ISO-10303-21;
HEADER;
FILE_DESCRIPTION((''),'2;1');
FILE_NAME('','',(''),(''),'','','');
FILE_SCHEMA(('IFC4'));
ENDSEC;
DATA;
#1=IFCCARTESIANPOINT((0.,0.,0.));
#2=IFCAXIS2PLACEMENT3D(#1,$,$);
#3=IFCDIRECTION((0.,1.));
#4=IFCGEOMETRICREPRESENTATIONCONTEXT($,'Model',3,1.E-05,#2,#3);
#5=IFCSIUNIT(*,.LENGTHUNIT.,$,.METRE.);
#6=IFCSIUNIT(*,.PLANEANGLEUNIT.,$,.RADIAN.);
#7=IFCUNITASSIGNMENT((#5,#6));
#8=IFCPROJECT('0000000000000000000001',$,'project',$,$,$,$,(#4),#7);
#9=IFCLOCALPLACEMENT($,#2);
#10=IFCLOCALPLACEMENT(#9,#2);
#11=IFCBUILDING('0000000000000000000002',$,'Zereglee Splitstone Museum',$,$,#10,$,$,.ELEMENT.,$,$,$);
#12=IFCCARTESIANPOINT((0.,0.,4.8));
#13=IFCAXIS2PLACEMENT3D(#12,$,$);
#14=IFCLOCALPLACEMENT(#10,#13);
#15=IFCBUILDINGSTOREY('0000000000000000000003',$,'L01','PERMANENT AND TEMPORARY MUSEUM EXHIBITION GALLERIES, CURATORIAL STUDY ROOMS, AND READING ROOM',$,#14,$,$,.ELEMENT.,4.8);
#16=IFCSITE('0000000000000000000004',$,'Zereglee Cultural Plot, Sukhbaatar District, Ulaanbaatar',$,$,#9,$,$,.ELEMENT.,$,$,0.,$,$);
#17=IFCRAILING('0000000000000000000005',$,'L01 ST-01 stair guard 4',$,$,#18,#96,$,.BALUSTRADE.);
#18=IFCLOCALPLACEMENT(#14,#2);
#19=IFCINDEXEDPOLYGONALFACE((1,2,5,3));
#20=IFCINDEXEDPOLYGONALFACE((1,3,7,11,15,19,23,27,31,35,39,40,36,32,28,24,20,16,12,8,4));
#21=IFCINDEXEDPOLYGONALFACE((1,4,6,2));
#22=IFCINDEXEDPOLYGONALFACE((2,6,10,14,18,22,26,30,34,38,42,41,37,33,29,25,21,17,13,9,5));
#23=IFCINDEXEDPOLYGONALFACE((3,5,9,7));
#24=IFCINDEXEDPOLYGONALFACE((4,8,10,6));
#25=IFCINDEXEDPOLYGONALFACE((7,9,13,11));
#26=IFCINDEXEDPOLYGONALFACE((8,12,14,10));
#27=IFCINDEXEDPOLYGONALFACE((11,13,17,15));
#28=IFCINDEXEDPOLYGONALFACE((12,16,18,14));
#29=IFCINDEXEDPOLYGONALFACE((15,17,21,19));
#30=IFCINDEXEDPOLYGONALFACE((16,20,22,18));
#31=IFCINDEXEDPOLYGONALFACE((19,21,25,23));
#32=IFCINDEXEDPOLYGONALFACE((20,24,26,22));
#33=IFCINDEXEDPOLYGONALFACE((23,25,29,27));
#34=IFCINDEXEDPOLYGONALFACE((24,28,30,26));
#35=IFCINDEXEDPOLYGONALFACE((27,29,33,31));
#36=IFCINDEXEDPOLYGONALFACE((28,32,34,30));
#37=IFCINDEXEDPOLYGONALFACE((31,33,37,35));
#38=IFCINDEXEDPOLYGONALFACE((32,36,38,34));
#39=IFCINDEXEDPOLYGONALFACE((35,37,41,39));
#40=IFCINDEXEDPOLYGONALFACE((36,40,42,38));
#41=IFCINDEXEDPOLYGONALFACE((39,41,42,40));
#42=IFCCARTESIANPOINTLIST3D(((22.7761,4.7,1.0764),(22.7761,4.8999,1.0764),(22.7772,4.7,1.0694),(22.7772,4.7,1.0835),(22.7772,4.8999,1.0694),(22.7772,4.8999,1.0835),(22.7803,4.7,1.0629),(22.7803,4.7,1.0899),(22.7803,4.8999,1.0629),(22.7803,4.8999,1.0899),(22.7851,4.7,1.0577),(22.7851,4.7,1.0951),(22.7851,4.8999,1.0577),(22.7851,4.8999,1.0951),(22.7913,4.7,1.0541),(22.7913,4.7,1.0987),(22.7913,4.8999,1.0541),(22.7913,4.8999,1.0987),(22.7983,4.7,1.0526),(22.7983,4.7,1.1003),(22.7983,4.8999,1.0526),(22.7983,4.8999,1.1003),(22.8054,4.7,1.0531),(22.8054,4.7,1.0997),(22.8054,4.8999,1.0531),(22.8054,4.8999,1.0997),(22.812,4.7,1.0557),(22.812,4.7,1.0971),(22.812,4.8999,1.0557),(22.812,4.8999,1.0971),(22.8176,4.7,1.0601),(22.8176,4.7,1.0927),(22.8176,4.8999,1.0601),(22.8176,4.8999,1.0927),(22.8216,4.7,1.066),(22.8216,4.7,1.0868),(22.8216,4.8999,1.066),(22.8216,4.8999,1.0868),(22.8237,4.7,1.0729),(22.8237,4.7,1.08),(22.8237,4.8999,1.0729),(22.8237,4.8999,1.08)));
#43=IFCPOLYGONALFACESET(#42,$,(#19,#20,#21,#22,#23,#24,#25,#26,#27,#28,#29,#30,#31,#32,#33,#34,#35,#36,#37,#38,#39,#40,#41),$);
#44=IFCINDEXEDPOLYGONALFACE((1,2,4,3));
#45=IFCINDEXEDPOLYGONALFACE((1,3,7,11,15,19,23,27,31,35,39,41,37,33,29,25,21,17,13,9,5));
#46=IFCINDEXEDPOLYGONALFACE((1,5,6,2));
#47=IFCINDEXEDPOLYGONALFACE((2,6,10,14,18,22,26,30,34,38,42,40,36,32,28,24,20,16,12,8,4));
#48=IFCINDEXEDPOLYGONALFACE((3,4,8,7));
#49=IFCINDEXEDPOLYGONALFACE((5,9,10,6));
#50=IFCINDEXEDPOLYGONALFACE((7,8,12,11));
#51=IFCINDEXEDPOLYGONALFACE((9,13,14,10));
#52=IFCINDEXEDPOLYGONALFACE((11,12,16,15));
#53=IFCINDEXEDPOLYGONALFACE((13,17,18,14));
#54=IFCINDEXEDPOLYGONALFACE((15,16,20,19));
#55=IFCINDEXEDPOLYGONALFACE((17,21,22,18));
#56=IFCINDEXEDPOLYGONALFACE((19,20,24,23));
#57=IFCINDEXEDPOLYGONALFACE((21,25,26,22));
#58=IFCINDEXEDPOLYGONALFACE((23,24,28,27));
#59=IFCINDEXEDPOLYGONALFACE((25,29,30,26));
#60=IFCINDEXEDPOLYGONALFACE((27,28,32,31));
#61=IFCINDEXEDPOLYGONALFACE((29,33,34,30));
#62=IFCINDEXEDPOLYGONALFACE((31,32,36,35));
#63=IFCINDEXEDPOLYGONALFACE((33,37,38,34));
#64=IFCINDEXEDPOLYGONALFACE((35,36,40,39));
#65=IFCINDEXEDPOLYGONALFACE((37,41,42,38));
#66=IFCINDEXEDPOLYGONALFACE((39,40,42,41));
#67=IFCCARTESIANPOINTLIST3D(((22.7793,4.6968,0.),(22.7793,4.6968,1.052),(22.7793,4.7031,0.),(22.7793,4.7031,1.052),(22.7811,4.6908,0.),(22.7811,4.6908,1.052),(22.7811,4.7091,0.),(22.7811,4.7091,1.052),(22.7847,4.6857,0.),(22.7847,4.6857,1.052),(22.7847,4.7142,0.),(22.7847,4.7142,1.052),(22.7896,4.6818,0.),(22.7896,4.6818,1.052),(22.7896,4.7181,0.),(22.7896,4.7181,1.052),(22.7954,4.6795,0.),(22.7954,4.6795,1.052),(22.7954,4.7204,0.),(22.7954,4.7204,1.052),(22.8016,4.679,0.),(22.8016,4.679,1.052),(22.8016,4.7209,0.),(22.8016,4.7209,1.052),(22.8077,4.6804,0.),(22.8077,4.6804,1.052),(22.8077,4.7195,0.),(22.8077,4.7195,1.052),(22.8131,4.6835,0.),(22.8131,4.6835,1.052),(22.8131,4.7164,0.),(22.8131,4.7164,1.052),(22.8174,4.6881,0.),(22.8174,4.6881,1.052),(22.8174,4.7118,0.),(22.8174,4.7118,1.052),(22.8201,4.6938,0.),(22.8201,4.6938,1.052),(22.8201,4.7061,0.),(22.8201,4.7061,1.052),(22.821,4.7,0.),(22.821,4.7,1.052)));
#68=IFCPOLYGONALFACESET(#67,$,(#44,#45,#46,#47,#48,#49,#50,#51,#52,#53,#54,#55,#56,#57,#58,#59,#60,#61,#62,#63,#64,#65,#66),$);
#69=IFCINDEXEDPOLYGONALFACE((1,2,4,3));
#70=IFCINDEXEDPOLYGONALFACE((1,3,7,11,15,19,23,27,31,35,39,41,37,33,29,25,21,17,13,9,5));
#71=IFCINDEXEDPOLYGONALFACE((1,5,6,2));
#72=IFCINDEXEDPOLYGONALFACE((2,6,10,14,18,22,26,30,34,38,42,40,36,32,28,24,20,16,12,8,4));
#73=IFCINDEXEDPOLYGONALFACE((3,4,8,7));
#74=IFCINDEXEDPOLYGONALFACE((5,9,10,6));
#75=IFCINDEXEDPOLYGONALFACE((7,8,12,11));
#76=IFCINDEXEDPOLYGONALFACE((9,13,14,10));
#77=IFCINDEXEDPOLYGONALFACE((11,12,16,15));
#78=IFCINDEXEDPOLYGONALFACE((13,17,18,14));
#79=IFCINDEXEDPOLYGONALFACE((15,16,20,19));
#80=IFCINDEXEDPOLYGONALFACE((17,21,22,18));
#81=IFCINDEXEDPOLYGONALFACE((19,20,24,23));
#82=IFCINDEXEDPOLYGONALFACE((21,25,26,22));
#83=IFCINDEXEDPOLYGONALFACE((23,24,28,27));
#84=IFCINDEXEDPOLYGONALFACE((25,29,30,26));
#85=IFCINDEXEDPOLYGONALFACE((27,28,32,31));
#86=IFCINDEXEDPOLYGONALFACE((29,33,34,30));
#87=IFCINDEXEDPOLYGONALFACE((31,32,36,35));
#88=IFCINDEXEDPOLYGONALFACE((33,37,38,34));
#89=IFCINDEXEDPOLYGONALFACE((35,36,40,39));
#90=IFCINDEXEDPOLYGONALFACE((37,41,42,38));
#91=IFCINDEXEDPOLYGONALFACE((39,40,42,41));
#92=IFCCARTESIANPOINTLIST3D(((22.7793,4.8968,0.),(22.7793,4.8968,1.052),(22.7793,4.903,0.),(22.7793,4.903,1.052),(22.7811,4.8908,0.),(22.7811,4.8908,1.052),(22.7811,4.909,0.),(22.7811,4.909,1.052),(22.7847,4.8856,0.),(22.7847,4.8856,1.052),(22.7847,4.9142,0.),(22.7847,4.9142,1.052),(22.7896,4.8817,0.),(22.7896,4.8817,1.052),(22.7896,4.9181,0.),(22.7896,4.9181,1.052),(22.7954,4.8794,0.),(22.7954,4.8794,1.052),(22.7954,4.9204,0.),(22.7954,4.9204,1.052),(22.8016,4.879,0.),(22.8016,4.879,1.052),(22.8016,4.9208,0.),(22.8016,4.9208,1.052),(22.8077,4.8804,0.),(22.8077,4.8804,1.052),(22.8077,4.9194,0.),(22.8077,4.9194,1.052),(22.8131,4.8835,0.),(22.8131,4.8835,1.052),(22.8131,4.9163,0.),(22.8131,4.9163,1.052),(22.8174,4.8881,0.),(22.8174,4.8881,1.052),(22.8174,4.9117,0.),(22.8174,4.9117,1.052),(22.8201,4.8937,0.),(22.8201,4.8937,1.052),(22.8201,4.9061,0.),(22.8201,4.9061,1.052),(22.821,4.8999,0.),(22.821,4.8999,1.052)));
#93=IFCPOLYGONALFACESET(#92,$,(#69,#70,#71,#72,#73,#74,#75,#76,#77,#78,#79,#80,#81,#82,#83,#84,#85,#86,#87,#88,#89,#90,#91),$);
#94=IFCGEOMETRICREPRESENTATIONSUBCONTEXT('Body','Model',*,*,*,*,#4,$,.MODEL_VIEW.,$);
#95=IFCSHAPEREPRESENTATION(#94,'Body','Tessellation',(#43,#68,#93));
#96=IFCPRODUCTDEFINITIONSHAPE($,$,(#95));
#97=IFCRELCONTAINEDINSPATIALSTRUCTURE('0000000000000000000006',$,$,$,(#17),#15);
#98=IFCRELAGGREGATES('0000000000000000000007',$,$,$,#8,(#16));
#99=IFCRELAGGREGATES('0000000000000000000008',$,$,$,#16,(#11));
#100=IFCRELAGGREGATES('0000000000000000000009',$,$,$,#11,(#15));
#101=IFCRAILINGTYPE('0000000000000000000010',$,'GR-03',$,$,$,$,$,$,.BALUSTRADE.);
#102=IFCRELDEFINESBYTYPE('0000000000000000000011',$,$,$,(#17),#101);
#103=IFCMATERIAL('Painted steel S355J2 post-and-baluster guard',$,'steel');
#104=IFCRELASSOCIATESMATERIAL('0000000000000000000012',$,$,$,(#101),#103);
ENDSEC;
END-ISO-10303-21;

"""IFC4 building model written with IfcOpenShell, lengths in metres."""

from ifc_helpers import new_model, si_unit, direction, frame, origin, origin_2d, place, context, subcontext, project, spatial, circle, extrude, material, type_object, element, save


model = new_model("IFC4")

# Units and contexts
model_context = context("Model", 3, precision=1e-05, world=origin(), true_north=direction((0.0, 1.0)))
body_context = subcontext(model_context, "Body", "Model", "MODEL_VIEW")
ifc_project = project(units=[si_unit("LENGTHUNIT", "METRE"), si_unit("PLANEANGLEUNIT", "RADIAN")], contexts=[model_context])

# Site, building, storey
site_placement = place(None, origin())
site = spatial("IfcSite", under=ifc_project, at=site_placement, Name="Zereglee Cultural Plot, Sukhbaatar District, Ulaanbaatar", CompositionType="ELEMENT", RefElevation=0.0)
building_placement = place(site_placement, origin())
building = spatial("IfcBuilding", under=site, at=building_placement, Name="Zereglee Splitstone Museum", CompositionType="ELEMENT")
storey_placement = place(building_placement, frame((0.0, 0.0, 4.8)))
storey = spatial("IfcBuildingStorey", under=building, at=storey_placement, Name="L01", Description="PERMANENT AND TEMPORARY MUSEUM EXHIBITION GALLERIES, CURATORIAL STUDY ROOMS, AND READING ROOM", CompositionType="ELEMENT", Elevation=4.8)

# Railing
ifc_material_1 = material(Name="Painted steel S355J2 post-and-baluster guard", Category="steel")
railing_type_1 = type_object("IfcRailingType", Name="GR-03", PredefinedType="BALUSTRADE", material=ifc_material_1)
railing_1_placement = place(storey_placement, frame((22.8, 4.7, 0.0)))
element("IfcRailing", 1, at=railing_1_placement, inside=storey, type_object=railing_type_1, Name="L01 ST-01 stair guard 4", PredefinedType="BALUSTRADE", context=body_context, shape_type="SweptSolid", body=[
    extrude(circle(Radius=0.0239, at=origin_2d()), frame((0.0, 0.0, 1.0764), z_axis=(0.0, 1.0, 0.0), x_axis=(-1.0, 0.0, 0.0)), (0.0, 0.0, 1.0), 0.2),
    extrude(circle(Radius=0.021, at=origin_2d()), origin(), (0.0, 0.0, 1.0), 1.052),
    extrude(circle(Radius=0.021, at=origin_2d()), frame((0.0, 0.2, 0.0)), (0.0, 0.0, 1.0), 1.052),
])

save(model, "model.ifc")
